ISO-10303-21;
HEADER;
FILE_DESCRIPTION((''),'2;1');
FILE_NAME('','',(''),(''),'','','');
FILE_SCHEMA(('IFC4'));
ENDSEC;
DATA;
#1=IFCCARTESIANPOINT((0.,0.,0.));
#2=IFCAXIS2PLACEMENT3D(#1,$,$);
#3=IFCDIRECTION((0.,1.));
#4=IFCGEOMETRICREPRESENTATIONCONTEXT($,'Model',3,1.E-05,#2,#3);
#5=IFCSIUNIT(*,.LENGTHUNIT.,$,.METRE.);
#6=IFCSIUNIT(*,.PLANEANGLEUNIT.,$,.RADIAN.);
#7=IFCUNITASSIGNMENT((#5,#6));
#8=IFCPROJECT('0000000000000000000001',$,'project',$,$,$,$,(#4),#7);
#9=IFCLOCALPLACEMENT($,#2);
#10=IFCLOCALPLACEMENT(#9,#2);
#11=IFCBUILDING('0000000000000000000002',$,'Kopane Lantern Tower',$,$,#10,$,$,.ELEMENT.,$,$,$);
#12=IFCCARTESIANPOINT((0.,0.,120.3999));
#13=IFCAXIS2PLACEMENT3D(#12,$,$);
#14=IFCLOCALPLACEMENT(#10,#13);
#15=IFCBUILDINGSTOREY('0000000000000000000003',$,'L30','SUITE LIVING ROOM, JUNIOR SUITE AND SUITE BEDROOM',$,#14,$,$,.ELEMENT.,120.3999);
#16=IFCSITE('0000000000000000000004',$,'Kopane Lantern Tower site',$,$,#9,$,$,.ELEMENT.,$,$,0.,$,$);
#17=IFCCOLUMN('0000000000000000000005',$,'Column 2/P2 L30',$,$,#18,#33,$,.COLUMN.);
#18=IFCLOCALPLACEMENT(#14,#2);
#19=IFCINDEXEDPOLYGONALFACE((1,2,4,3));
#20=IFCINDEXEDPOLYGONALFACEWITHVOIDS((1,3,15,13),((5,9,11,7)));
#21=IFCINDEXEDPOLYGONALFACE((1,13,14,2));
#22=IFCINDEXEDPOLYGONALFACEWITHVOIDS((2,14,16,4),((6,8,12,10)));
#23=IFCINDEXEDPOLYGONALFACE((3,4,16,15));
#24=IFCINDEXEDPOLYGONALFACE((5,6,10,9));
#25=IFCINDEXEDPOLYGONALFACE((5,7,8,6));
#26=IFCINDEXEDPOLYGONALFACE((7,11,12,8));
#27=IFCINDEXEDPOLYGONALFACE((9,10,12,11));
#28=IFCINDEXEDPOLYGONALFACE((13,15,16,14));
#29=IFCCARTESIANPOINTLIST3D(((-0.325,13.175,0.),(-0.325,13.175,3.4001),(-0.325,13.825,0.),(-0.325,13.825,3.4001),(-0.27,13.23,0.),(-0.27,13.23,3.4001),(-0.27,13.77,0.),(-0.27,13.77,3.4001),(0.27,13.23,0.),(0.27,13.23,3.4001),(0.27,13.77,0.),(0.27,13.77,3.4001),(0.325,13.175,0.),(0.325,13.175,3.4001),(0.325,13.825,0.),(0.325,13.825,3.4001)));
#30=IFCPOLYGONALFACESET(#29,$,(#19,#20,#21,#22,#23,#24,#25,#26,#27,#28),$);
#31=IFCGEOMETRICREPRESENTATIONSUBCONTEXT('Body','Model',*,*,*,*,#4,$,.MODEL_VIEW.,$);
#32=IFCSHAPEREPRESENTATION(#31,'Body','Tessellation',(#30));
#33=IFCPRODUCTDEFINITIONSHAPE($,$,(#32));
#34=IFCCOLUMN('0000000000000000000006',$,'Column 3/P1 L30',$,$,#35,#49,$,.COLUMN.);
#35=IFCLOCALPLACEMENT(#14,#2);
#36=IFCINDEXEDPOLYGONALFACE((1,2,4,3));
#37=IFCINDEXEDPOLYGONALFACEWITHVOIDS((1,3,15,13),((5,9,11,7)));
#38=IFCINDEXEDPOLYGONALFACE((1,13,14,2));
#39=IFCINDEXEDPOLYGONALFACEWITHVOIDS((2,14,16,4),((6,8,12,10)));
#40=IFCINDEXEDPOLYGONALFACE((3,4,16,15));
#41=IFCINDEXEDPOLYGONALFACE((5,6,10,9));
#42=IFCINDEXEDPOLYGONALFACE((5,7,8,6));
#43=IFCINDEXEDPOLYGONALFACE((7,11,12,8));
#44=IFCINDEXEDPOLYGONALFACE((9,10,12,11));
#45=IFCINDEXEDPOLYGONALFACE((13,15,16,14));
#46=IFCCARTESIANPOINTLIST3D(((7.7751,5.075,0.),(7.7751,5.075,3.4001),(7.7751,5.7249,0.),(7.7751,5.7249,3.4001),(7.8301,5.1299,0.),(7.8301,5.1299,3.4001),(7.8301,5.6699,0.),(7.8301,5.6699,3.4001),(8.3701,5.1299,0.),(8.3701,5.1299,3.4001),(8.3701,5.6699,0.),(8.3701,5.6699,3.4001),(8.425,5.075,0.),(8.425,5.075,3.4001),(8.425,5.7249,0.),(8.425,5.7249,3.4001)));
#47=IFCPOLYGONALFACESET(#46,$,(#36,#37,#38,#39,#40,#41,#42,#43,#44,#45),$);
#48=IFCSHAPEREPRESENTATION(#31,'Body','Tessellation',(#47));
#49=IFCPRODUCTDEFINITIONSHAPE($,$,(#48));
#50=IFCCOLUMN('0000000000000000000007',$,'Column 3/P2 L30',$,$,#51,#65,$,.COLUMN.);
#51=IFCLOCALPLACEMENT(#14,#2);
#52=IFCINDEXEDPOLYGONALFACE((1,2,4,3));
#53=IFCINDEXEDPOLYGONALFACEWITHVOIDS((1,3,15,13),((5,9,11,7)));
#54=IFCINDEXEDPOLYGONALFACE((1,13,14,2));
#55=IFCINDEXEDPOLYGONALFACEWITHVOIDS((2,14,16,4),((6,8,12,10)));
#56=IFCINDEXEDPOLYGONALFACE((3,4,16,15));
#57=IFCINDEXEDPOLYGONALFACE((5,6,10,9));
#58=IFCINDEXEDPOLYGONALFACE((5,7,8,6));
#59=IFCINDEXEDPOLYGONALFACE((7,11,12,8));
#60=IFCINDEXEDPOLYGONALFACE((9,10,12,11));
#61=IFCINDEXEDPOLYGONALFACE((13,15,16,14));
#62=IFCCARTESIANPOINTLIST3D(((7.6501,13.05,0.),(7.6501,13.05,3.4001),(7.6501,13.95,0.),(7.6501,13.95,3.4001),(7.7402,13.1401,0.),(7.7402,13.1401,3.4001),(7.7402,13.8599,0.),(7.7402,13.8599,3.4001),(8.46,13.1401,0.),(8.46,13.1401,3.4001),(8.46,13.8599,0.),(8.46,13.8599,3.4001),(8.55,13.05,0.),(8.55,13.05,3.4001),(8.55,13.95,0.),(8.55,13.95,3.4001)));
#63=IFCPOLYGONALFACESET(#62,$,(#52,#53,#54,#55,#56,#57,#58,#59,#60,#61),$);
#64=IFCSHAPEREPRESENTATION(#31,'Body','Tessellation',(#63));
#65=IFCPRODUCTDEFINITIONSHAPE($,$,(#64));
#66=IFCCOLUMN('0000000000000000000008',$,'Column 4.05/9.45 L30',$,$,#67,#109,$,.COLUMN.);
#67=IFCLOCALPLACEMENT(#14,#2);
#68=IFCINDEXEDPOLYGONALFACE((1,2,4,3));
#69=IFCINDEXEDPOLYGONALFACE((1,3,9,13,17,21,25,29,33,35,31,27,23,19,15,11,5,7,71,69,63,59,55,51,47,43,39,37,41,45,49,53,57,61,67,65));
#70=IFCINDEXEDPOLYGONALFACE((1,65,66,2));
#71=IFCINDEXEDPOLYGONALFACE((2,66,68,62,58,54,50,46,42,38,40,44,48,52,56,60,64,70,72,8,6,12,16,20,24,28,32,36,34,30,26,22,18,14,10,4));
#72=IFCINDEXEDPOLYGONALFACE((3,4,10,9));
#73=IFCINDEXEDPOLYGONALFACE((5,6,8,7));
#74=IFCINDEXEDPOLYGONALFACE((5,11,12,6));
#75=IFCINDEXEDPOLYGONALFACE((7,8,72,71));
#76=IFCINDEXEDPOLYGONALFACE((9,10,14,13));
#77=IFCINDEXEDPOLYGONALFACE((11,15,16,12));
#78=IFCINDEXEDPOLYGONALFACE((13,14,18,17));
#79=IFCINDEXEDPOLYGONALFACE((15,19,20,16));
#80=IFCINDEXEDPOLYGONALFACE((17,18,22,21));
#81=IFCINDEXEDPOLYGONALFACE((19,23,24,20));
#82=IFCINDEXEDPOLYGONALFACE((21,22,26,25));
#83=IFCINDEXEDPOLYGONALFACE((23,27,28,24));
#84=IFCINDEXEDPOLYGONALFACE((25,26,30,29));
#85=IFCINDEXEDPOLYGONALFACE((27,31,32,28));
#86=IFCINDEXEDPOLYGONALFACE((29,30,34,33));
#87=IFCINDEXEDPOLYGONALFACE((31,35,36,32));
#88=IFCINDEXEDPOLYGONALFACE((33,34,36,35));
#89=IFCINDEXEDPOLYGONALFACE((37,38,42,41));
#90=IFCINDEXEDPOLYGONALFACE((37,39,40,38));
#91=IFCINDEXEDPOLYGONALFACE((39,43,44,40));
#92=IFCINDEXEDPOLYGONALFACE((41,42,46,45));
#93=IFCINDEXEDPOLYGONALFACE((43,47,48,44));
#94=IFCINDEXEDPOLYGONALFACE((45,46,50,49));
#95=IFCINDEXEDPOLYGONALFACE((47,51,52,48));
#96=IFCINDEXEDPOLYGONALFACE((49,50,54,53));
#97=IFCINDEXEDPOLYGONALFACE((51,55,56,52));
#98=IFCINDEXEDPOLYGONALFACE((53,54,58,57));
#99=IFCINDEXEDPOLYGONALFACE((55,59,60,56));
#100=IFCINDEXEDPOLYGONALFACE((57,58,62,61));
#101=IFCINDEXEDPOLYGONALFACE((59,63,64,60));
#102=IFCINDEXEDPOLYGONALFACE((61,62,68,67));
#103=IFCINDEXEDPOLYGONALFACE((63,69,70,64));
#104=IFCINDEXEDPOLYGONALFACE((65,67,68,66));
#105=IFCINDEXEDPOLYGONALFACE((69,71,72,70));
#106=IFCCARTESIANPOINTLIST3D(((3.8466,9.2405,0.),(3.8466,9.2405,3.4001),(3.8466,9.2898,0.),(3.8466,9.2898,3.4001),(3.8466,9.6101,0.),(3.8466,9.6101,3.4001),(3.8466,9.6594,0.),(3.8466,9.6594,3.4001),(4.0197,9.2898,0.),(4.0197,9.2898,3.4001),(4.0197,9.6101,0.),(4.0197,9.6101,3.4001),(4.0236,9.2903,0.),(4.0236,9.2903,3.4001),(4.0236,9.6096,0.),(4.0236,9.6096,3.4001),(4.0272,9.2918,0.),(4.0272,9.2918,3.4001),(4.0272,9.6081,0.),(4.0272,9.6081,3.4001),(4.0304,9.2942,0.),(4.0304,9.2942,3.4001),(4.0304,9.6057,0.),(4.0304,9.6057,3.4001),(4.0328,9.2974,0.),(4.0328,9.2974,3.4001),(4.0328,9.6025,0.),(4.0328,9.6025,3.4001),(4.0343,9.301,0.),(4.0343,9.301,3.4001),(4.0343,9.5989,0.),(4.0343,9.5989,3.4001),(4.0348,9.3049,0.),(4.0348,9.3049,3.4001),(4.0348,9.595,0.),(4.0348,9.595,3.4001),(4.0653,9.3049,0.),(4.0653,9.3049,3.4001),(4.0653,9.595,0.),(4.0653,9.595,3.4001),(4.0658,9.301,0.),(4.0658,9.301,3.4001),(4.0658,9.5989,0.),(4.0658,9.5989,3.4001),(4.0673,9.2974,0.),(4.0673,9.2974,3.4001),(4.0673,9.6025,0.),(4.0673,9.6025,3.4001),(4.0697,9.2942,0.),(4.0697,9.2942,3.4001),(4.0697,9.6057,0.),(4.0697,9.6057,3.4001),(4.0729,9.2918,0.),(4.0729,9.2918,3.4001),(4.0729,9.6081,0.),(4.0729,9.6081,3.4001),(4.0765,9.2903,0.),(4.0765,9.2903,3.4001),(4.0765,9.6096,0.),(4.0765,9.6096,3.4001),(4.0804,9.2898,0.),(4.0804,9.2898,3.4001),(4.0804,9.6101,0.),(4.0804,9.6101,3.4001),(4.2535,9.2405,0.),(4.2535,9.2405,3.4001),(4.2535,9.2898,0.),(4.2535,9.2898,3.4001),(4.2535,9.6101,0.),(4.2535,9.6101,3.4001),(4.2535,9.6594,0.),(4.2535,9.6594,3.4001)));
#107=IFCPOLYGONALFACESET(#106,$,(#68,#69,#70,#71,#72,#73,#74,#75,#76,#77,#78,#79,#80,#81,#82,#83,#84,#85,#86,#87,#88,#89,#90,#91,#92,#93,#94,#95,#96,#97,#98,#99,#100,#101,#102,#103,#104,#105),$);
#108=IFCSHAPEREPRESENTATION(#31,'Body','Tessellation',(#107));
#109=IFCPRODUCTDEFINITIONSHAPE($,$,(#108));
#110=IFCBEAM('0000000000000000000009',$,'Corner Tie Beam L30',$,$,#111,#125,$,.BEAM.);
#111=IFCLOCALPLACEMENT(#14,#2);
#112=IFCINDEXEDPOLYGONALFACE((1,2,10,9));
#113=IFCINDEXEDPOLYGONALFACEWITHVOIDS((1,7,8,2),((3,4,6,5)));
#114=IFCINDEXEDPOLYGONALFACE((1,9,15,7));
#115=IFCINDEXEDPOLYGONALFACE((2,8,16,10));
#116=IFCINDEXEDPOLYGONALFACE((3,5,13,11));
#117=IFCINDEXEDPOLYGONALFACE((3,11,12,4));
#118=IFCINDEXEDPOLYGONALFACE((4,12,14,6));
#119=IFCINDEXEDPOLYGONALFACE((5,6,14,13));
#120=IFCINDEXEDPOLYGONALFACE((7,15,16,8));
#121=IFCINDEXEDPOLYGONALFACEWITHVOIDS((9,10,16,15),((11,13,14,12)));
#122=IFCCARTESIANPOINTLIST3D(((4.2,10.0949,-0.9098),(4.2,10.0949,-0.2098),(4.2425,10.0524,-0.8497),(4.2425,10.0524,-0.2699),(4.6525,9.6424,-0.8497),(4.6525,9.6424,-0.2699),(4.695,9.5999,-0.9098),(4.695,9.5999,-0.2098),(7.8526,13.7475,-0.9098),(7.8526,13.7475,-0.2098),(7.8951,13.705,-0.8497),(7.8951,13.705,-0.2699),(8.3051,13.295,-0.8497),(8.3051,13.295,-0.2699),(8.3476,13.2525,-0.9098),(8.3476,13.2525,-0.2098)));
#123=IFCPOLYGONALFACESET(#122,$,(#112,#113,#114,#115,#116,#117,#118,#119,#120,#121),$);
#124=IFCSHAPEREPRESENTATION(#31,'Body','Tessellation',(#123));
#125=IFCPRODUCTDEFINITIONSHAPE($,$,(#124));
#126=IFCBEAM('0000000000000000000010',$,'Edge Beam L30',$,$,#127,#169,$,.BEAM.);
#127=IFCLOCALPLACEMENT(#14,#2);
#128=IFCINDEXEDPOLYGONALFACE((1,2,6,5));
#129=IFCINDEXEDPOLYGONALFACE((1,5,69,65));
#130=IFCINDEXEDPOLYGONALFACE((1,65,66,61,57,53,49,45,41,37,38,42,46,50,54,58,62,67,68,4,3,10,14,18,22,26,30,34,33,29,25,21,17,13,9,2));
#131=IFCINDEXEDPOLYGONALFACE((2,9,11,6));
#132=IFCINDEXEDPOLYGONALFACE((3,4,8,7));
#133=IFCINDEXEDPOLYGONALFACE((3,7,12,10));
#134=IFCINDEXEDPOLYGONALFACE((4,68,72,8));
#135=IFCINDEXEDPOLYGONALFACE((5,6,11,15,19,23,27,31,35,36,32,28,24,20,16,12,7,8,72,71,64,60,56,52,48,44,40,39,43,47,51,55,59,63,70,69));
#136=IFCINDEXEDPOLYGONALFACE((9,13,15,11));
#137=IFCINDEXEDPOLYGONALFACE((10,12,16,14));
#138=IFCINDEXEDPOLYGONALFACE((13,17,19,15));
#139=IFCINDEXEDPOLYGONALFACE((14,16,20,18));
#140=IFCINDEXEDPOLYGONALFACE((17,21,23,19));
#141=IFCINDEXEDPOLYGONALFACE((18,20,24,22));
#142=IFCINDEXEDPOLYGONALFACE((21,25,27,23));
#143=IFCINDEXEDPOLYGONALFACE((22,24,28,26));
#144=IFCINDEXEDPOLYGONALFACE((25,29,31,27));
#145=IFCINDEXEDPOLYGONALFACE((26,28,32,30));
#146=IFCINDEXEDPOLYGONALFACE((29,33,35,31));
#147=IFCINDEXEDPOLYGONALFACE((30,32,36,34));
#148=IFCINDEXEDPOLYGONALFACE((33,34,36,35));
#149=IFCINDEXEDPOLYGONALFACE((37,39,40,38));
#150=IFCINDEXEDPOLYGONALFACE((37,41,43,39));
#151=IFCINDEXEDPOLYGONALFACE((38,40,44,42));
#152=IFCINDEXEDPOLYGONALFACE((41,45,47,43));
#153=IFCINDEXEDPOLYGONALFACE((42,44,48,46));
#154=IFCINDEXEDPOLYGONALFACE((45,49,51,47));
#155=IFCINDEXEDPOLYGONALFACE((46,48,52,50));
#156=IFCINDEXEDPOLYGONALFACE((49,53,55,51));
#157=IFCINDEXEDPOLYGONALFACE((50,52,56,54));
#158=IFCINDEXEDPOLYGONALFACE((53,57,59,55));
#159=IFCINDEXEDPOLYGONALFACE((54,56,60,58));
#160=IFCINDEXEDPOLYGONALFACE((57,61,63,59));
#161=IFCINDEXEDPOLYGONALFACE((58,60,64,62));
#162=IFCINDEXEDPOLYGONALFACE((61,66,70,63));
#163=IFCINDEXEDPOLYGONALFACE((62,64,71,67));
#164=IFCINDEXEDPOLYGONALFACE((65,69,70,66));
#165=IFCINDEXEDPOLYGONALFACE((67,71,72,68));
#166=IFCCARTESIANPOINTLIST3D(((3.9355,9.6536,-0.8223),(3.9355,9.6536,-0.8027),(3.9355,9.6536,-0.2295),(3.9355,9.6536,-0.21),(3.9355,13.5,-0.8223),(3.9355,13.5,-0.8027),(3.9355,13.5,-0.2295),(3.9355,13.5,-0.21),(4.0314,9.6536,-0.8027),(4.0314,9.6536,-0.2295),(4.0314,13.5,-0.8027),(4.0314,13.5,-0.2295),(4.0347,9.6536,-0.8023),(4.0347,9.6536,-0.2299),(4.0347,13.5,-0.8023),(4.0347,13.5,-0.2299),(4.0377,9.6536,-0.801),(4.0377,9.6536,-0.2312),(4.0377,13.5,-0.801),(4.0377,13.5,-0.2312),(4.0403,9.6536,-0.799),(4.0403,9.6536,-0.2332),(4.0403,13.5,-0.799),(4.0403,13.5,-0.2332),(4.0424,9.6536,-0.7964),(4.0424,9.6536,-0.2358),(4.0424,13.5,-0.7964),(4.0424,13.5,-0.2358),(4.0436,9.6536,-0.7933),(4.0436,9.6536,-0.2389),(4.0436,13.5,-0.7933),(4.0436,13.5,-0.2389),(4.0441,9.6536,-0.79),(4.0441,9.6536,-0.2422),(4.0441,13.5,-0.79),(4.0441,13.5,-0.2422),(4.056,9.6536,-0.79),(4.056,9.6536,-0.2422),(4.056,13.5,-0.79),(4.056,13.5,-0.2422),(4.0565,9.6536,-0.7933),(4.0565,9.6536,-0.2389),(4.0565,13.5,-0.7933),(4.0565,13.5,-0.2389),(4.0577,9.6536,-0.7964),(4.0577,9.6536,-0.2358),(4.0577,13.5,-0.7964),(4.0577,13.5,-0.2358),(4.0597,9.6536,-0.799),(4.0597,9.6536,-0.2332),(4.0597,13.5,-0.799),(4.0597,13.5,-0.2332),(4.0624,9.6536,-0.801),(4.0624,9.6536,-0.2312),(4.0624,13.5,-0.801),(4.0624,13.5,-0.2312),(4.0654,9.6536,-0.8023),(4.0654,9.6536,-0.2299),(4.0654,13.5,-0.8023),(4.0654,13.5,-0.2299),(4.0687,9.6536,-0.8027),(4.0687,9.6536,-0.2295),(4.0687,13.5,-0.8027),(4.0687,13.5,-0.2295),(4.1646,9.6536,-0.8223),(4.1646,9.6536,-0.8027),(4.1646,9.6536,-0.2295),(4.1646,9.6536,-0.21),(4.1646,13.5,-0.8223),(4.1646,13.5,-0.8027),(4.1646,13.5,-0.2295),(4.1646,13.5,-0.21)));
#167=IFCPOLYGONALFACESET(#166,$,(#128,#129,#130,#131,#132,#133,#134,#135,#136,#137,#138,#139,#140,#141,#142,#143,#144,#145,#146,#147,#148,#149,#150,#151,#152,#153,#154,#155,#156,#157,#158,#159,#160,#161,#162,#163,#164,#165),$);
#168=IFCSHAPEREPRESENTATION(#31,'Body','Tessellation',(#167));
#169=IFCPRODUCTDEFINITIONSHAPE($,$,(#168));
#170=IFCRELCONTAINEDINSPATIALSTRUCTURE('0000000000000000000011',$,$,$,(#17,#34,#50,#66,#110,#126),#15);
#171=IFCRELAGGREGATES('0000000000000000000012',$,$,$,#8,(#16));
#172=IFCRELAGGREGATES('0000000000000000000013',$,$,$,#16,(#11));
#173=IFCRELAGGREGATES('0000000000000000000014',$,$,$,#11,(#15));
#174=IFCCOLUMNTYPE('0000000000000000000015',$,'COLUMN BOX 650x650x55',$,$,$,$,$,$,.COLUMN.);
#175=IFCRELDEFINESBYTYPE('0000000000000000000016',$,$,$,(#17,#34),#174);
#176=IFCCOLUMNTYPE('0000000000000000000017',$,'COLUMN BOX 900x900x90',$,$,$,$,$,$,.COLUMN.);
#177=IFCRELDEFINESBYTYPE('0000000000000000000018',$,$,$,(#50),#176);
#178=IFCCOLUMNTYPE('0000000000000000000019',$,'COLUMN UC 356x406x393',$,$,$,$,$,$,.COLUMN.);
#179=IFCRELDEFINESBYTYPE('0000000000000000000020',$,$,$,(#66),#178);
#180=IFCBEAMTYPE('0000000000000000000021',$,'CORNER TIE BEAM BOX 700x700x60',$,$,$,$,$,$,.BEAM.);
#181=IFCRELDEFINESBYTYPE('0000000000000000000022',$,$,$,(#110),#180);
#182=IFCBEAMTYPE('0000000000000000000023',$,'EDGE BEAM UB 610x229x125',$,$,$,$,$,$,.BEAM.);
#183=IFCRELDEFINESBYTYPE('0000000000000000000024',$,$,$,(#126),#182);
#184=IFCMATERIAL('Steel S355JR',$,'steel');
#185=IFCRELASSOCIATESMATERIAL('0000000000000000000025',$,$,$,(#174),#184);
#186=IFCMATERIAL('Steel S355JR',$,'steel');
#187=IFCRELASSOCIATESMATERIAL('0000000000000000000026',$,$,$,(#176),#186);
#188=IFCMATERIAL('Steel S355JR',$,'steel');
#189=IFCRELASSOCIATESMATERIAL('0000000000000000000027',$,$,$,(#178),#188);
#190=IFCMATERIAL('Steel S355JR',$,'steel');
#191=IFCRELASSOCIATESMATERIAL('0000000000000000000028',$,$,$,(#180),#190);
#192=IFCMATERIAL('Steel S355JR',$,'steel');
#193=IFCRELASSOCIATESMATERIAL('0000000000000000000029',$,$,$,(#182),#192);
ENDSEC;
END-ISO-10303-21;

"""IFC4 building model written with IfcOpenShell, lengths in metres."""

from ifc_helpers import new_model, si_unit, direction, frame, origin, origin_2d, place, context, subcontext, project, spatial, hollow_rectangle, i_section, extrude, material, material_profile, profile_set, type_object, element, save


model = new_model("IFC4")

# Units and contexts
model_context = context("Model", 3, precision=1e-05, world=origin(), true_north=direction((0.0, 1.0)))
body_context = subcontext(model_context, "Body", "Model", "MODEL_VIEW")
ifc_project = project(units=[si_unit("LENGTHUNIT", "METRE"), si_unit("PLANEANGLEUNIT", "RADIAN")], contexts=[model_context])

# Site, building, storey
site_placement = place(None, origin())
site = spatial("IfcSite", under=ifc_project, at=site_placement, Name="Kopane Lantern Tower site", CompositionType="ELEMENT", RefElevation=0.0)
building_placement = place(site_placement, origin())
building = spatial("IfcBuilding", under=site, at=building_placement, Name="Kopane Lantern Tower", CompositionType="ELEMENT")
storey_placement = place(building_placement, frame((0.0, 0.0, 120.3999)))
storey = spatial("IfcBuildingStorey", under=building, at=storey_placement, Name="L30", Description="SUITE LIVING ROOM, JUNIOR SUITE AND SUITE BEDROOM", CompositionType="ELEMENT", Elevation=120.3999)

# Columns
ifc_material_1 = material(Name="Steel S355JR", Category="steel")
ifc_material_profile_1 = material_profile(ifc_material_1, hollow_rectangle(XDim=0.6499, YDim=0.6499, WallThickness=0.0549, at=origin_2d()), Name="BOX 650x650x55")
ifc_profile_set_1 = profile_set([ifc_material_profile_1], Name="Steel S355JR")
column_type_1 = type_object("IfcColumnType", Name="COLUMN BOX 650x650x55", PredefinedType="COLUMN", material=ifc_profile_set_1)
for number, where, z_axis, x_axis, name in (
    (1, (0.0, 13.5, 0.0), (0.0, 0.0, 1.0), (1.0, 0.0, 0.0), "Column 2/P2 L30"),
    (2, (8.1001, 5.3999, 0.0), (0.0, 0.0, 1.0), (1.0, 0.0, 0.0), "Column 3/P1 L30"),
):
    element("IfcColumn", number, at=place(storey_placement, frame(where, z_axis=z_axis, x_axis=x_axis)), inside=storey, type_object=column_type_1, Name=name, PredefinedType="COLUMN", context=body_context, shape_type="SweptSolid", body=[
        extrude(hollow_rectangle(XDim=0.6499, YDim=0.6499, WallThickness=0.0549, at=origin_2d()), origin(), (0.0, 0.0, 1.0), 3.4001),
    ])
ifc_material_2 = material(Name="Steel S355JR", Category="steel")
ifc_material_profile_2 = material_profile(ifc_material_2, hollow_rectangle(XDim=0.8999, YDim=0.8999, WallThickness=0.0901, at=origin_2d()), Name="BOX 900x900x90")
ifc_profile_set_2 = profile_set([ifc_material_profile_2], Name="Steel S355JR")
column_type_2 = type_object("IfcColumnType", Name="COLUMN BOX 900x900x90", PredefinedType="COLUMN", material=ifc_profile_set_2)
column_1_placement = place(storey_placement, frame((8.1001, 13.5, 0.0), z_axis=(0.0, 0.0, 1.0), x_axis=(1.0, 0.0, 0.0)))
element("IfcColumn", 3, at=column_1_placement, inside=storey, type_object=column_type_2, Name="Column 3/P2 L30", PredefinedType="COLUMN", context=body_context, shape_type="SweptSolid", body=[
    extrude(hollow_rectangle(XDim=0.8999, YDim=0.8999, WallThickness=0.0901, at=origin_2d()), origin(), (0.0, 0.0, 1.0), 3.4001),
])
ifc_material_3 = material(Name="Steel S355JR", Category="steel")
ifc_material_profile_3 = material_profile(ifc_material_3, i_section(OverallWidth=0.407, OverallDepth=0.4189, WebThickness=0.0305, FlangeThickness=0.0493, FilletRadius=0.0151, at=origin_2d()), Name="UC 356x406x393")
ifc_profile_set_3 = profile_set([ifc_material_profile_3], Name="Steel S355JR")
column_type_3 = type_object("IfcColumnType", Name="COLUMN UC 356x406x393", PredefinedType="COLUMN", material=ifc_profile_set_3)
column_2_placement = place(storey_placement, frame((4.05, 9.45, 0.0), z_axis=(0.0, 0.0, 1.0), x_axis=(1.0, 0.0, 0.0)))
element("IfcColumn", 4, at=column_2_placement, inside=storey, type_object=column_type_3, Name="Column 4.05/9.45 L30", PredefinedType="COLUMN", context=body_context, shape_type="SweptSolid", body=[
    extrude(i_section(OverallWidth=0.407, OverallDepth=0.4189, WebThickness=0.0305, FlangeThickness=0.0493, FilletRadius=0.0151, at=origin_2d()), origin(), (0.0, 0.0, 1.0), 3.4001),
])

# Beams
ifc_material_4 = material(Name="Steel S355JR", Category="steel")
ifc_material_profile_4 = material_profile(ifc_material_4, hollow_rectangle(XDim=0.7, YDim=0.7, WallThickness=0.0601, at=origin_2d()), Name="BOX 700x700x60")
ifc_profile_set_4 = profile_set([ifc_material_profile_4], Name="Steel S355JR")
beam_type_1 = type_object("IfcBeamType", Name="CORNER TIE BEAM BOX 700x700x60", PredefinedType="BEAM", material=ifc_profile_set_4)
beam_1_placement = place(storey_placement, frame((4.4475, 9.8474, -0.5598), z_axis=(0.707107, 0.707107, 0.0), x_axis=(-0.707107, 0.707107, 0.0)))
element("IfcBeam", 5, at=beam_1_placement, inside=storey, type_object=beam_type_1, Name="Corner Tie Beam L30", PredefinedType="BEAM", context=body_context, shape_type="SweptSolid", body=[
    extrude(hollow_rectangle(XDim=0.7, YDim=0.7, WallThickness=0.0601, at=origin_2d()), origin(), (0.0, 0.0, 1.0), 5.1655),
])
ifc_material_5 = material(Name="Steel S355JR", Category="steel")
ifc_material_profile_5 = material_profile(ifc_material_5, i_section(OverallWidth=0.229, OverallDepth=0.6123, WebThickness=0.012, FlangeThickness=0.0195, FilletRadius=0.0127, at=origin_2d()), Name="UB 610x229x125")
ifc_profile_set_5 = profile_set([ifc_material_profile_5], Name="Steel S355JR")
beam_type_2 = type_object("IfcBeamType", Name="EDGE BEAM UB 610x229x125", PredefinedType="BEAM", material=ifc_profile_set_5)
beam_2_placement = place(storey_placement, frame((4.05, 9.6536, -0.5161), z_axis=(0.0, 1.0, 0.0), x_axis=(-1.0, 0.0, 0.0)))
element("IfcBeam", 6, at=beam_2_placement, inside=storey, type_object=beam_type_2, Name="Edge Beam L30", PredefinedType="BEAM", context=body_context, shape_type="SweptSolid", body=[
    extrude(i_section(OverallWidth=0.229, OverallDepth=0.6123, WebThickness=0.012, FlangeThickness=0.0195, FilletRadius=0.0127, at=origin_2d()), origin(), (0.0, 0.0, 1.0), 3.8464),
])

save(model, "model.ifc")
